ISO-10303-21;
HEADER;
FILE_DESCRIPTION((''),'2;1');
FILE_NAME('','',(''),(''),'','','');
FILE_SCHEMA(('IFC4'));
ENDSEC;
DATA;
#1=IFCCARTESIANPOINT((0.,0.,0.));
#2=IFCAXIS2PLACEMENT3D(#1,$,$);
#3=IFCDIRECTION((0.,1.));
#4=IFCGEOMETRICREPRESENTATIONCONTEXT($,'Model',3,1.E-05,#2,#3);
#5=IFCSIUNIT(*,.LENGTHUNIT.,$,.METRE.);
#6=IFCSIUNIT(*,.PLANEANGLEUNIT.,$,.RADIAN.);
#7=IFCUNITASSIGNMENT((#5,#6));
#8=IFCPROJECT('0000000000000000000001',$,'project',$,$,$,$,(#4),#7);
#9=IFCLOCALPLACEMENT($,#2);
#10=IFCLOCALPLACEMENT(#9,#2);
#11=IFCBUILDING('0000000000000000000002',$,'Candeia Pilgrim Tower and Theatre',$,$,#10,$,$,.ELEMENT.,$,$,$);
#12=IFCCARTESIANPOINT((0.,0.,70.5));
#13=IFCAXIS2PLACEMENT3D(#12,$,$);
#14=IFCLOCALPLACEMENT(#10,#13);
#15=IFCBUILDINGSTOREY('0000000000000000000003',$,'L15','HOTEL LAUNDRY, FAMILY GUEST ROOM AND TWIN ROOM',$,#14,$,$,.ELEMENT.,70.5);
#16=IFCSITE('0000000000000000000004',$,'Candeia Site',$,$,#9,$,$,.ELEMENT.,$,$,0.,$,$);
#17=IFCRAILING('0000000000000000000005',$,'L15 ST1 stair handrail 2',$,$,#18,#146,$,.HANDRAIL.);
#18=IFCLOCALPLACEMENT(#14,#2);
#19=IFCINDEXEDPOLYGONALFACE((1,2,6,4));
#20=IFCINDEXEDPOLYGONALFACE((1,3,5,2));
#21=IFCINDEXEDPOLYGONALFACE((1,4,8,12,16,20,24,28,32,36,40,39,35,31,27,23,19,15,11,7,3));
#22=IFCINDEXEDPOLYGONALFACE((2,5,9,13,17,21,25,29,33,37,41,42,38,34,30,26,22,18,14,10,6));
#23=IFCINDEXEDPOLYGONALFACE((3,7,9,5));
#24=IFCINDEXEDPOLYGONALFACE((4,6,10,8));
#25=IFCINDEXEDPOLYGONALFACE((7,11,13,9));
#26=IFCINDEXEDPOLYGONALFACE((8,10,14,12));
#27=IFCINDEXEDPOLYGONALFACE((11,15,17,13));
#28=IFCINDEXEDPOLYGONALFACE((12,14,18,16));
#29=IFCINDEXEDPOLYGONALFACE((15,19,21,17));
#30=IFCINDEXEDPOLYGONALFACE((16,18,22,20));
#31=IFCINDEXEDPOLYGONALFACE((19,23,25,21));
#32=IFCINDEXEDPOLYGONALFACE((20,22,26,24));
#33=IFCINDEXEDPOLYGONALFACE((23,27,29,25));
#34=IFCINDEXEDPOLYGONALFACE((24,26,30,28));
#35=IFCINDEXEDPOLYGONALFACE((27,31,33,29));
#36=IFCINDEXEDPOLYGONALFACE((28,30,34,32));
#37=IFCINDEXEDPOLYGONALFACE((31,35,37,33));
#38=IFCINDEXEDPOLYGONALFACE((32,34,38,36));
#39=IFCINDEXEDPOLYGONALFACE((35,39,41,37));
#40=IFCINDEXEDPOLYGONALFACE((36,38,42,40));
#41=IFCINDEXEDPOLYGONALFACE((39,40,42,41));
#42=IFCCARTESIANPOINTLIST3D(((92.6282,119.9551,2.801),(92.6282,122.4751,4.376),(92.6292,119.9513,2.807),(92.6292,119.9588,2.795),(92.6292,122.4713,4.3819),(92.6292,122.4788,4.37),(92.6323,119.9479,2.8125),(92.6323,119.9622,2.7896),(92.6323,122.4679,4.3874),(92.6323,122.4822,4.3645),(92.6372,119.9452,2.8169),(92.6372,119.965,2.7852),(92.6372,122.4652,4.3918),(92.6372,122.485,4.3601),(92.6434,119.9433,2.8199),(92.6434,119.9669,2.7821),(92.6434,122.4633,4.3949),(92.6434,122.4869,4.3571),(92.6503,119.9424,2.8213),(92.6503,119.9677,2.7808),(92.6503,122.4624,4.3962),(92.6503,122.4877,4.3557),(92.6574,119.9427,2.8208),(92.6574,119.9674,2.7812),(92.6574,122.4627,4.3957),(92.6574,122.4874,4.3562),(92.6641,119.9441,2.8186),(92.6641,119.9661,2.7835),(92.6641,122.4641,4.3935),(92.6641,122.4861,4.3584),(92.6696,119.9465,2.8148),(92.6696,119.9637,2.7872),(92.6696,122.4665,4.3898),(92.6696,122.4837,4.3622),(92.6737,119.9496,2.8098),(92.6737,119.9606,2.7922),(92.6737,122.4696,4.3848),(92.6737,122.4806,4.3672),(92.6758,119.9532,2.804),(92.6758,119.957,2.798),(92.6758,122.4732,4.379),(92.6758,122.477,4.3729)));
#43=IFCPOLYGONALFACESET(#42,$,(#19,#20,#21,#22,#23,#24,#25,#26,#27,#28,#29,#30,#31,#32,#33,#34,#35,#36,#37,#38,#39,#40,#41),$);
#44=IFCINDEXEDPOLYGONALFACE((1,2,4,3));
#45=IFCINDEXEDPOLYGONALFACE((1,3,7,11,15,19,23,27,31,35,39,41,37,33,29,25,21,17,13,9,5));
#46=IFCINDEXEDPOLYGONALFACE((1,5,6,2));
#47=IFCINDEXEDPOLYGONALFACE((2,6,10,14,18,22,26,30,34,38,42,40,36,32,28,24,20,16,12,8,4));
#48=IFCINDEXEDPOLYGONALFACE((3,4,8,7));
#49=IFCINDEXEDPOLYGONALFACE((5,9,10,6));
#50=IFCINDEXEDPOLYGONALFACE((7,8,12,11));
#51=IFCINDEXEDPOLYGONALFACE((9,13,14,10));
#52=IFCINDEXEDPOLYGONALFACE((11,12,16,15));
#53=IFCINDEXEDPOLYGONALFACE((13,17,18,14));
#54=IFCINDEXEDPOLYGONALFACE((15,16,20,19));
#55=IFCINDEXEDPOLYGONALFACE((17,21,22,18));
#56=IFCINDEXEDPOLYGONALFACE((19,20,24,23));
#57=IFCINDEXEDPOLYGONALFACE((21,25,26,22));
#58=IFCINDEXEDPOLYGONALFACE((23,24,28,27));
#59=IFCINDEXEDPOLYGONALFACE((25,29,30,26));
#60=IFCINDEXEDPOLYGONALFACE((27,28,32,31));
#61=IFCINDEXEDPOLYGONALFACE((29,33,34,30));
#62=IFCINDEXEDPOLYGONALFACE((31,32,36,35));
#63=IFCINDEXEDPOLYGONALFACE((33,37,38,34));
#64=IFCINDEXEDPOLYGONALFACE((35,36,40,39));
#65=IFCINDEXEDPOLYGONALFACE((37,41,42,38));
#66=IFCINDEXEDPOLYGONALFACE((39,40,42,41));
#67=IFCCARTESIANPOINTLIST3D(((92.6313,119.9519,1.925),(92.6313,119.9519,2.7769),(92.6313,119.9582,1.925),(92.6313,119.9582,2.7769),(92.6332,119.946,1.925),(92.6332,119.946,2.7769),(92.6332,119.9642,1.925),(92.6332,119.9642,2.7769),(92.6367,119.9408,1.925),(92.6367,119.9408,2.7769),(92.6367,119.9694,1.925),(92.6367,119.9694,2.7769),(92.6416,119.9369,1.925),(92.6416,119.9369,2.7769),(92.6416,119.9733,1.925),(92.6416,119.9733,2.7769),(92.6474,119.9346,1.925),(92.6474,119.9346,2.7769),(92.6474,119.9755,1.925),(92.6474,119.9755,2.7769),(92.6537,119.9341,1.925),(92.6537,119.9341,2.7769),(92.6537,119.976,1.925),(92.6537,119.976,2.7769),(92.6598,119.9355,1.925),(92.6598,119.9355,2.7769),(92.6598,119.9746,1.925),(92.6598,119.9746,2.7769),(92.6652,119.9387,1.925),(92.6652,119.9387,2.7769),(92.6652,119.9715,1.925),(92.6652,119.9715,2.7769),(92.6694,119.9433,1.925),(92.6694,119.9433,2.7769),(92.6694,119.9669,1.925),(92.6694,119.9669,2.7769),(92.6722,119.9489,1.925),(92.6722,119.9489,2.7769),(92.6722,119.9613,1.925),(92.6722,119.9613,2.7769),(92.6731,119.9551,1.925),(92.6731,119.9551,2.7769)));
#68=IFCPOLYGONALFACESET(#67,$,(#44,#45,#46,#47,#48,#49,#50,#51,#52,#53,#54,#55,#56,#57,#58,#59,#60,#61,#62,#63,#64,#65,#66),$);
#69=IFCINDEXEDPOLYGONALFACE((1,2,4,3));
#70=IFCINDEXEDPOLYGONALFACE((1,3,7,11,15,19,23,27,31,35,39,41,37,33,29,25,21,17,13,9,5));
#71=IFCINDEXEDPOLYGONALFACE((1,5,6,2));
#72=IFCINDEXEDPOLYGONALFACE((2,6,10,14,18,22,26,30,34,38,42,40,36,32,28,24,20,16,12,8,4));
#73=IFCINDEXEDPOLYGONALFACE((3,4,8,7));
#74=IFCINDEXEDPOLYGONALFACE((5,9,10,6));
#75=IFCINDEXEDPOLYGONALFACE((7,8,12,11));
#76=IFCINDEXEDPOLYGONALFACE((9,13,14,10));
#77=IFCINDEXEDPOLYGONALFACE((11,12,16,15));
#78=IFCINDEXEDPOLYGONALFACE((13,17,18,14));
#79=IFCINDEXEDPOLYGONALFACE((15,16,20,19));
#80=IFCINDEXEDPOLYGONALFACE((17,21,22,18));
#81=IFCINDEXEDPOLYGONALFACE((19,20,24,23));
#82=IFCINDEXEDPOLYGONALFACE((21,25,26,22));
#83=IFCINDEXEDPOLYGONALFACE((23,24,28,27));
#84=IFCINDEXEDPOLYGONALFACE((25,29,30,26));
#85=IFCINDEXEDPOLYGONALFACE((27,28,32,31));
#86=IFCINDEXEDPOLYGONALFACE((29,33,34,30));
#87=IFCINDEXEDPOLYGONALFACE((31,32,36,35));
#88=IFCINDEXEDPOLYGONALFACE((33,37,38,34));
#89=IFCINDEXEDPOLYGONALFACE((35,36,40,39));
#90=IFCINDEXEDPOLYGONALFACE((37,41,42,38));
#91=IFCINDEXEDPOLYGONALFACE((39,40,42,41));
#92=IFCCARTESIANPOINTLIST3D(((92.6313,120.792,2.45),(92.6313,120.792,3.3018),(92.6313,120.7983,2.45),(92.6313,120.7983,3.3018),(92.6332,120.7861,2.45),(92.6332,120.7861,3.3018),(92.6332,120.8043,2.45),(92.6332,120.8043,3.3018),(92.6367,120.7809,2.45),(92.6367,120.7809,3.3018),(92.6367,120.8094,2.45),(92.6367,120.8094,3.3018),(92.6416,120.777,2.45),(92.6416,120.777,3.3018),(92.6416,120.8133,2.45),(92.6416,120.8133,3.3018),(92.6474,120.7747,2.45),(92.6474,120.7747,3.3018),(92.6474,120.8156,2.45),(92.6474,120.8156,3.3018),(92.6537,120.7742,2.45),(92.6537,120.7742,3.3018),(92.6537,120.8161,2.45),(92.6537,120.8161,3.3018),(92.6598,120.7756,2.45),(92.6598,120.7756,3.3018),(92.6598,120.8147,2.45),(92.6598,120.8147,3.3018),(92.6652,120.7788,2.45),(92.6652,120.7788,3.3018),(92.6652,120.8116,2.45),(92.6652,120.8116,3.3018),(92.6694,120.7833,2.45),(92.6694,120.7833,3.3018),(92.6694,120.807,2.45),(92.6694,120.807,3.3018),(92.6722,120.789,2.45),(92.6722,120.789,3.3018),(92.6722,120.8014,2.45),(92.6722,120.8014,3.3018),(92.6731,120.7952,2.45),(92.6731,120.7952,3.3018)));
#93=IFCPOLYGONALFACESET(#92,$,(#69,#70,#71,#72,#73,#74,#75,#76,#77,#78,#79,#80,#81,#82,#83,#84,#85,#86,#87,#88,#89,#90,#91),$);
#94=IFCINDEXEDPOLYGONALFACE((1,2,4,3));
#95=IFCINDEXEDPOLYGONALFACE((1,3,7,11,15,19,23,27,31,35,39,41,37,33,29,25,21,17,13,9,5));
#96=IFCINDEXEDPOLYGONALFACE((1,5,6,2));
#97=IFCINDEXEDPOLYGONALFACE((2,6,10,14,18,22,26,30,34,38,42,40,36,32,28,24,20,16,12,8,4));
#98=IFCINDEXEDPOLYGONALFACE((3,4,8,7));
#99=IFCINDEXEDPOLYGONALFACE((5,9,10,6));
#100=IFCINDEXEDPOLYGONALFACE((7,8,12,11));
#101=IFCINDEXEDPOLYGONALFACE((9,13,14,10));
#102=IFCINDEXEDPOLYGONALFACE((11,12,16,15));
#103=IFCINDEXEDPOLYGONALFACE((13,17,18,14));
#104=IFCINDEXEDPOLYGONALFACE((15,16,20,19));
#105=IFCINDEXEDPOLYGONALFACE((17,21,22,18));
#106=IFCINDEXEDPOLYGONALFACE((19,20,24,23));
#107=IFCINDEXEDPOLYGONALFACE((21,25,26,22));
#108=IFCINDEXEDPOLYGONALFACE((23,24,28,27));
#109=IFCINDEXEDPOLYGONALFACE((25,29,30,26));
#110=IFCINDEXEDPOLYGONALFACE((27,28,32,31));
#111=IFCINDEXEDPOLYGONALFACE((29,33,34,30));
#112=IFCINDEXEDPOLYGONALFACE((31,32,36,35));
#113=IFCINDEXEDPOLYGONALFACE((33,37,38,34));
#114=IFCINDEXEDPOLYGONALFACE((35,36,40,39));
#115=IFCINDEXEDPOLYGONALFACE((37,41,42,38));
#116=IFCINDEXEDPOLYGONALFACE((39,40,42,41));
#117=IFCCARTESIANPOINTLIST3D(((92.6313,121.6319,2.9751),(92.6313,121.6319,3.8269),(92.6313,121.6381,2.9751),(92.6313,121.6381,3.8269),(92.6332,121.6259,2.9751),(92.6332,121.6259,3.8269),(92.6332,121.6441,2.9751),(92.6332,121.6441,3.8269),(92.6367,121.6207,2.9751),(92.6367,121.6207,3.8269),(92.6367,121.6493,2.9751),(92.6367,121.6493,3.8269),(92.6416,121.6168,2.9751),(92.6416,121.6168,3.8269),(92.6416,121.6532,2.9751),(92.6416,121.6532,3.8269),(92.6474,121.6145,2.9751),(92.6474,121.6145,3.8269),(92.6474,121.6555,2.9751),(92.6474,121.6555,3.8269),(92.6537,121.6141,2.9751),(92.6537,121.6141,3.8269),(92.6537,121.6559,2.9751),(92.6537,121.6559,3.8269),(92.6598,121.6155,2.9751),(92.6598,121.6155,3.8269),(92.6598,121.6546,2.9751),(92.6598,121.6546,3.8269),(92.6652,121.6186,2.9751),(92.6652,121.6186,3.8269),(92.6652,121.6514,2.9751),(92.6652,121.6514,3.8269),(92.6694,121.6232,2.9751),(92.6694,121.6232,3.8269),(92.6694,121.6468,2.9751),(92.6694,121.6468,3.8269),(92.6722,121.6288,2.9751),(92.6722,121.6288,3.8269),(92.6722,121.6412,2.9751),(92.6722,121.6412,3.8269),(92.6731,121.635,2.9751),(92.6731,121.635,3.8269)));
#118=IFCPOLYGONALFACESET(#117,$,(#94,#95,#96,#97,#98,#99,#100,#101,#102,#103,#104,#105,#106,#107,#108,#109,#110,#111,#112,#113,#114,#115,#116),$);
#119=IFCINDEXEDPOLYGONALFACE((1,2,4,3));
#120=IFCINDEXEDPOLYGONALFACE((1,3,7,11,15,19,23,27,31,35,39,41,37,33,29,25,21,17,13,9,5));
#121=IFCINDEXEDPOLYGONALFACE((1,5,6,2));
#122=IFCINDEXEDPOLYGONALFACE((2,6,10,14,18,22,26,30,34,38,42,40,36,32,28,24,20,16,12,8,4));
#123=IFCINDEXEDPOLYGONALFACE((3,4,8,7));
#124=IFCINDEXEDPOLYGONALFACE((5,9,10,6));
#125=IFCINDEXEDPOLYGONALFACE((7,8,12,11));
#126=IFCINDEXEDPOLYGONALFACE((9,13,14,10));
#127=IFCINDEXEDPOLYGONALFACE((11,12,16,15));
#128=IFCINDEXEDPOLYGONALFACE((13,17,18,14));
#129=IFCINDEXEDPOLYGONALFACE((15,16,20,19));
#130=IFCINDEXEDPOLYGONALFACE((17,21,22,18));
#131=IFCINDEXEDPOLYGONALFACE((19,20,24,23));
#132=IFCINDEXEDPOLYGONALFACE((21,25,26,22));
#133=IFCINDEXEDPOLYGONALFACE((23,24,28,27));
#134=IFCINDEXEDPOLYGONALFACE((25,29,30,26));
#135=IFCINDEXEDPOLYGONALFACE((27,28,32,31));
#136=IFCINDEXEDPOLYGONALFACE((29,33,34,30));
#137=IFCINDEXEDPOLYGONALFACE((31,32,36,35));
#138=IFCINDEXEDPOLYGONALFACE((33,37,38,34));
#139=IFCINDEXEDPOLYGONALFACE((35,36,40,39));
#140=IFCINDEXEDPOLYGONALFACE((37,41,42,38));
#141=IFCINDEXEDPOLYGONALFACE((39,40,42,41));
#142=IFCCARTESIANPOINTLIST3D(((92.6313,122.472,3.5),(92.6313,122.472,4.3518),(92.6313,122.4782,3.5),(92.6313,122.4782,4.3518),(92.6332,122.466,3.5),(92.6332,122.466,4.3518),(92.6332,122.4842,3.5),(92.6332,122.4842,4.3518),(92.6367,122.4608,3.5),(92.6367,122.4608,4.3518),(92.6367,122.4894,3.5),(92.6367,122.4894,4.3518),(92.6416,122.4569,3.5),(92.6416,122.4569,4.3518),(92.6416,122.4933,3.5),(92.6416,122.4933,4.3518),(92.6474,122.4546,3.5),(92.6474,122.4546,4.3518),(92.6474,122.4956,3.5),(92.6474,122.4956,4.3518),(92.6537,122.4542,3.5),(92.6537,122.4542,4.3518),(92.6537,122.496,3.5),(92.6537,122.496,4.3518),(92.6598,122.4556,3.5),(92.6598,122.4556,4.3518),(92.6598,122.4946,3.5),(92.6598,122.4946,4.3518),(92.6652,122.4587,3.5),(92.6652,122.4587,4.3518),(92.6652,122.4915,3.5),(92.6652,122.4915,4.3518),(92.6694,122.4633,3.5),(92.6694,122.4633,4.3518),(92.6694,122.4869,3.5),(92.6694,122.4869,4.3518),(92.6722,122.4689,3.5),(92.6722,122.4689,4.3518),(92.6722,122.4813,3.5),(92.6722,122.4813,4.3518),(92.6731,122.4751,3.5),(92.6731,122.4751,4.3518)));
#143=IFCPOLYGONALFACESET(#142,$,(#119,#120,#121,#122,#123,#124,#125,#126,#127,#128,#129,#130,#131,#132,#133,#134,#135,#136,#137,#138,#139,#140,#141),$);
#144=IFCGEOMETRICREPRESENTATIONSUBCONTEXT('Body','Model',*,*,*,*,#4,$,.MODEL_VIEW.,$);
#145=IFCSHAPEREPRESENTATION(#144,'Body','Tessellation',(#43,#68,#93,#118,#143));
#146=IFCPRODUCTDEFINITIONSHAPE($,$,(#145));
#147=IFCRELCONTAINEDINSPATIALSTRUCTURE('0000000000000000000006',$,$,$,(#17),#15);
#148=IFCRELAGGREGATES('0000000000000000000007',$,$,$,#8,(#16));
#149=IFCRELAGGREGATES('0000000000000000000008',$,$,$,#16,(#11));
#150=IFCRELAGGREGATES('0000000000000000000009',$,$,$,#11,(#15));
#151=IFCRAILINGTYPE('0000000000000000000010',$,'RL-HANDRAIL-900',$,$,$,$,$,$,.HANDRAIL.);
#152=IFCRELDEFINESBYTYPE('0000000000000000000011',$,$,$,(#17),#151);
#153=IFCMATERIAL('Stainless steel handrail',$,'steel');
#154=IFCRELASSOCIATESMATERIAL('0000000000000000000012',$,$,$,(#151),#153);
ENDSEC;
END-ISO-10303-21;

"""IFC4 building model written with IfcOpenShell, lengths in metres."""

from ifc_helpers import new_model, si_unit, direction, frame, origin, origin_2d, place, context, subcontext, project, spatial, circle, extrude, material, type_object, element, save


model = new_model("IFC4")

# Units and contexts
model_context = context("Model", 3, precision=1e-05, world=origin(), true_north=direction((0.0, 1.0)))
body_context = subcontext(model_context, "Body", "Model", "MODEL_VIEW")
ifc_project = project(units=[si_unit("LENGTHUNIT", "METRE"), si_unit("PLANEANGLEUNIT", "RADIAN")], contexts=[model_context])

# Site, building, storey
site_placement = place(None, origin())
site = spatial("IfcSite", under=ifc_project, at=site_placement, Name="Candeia Site", CompositionType="ELEMENT", RefElevation=0.0)
building_placement = place(site_placement, origin())
building = spatial("IfcBuilding", under=site, at=building_placement, Name="Candeia Pilgrim Tower and Theatre", CompositionType="ELEMENT")
storey_placement = place(building_placement, frame((0.0, 0.0, 70.5)))
storey = spatial("IfcBuildingStorey", under=building, at=storey_placement, Name="L15", Description="HOTEL LAUNDRY, FAMILY GUEST ROOM AND TWIN ROOM", CompositionType="ELEMENT", Elevation=70.5)

# Railing
ifc_material_1 = material(Name="Stainless steel handrail", Category="steel")
railing_type = type_object("IfcRailingType", Name="RL-HANDRAIL-900", PredefinedType="HANDRAIL", material=ifc_material_1)
for number, where, name in (
    (1, (92.6521, 119.9551, 1.925), "L15 ST1 stair handrail 2"),
):
    element("IfcRailing", number, at=place(storey_placement, frame(where)), inside=storey, type_object=railing_type, Name=name, PredefinedType="HANDRAIL", context=body_context, shape_type="SweptSolid", body=[
        extrude(circle(Radius=0.0239, at=origin_2d()), frame((0.0, 0.0, 0.876), z_axis=(0.0, 0.848008, 0.529984), x_axis=(-1.0, 0.0, 0.0)), (0.0, 0.0, 1.0), 2.9717),
        extrude(circle(Radius=0.021, at=origin_2d()), origin(), (0.0, 0.0, 1.0), 0.8518),
        extrude(circle(Radius=0.021, at=origin_2d()), frame((0.0, 0.8401, 0.5249)), (0.0, 0.0, 1.0), 0.8518),
        extrude(circle(Radius=0.021, at=origin_2d()), frame((0.0, 1.6799, 1.05)), (0.0, 0.0, 1.0), 0.8518),
        extrude(circle(Radius=0.021, at=origin_2d()), frame((0.0, 2.52, 1.575)), (0.0, 0.0, 1.0), 0.8518),
    ])

save(model, "model.ifc")
